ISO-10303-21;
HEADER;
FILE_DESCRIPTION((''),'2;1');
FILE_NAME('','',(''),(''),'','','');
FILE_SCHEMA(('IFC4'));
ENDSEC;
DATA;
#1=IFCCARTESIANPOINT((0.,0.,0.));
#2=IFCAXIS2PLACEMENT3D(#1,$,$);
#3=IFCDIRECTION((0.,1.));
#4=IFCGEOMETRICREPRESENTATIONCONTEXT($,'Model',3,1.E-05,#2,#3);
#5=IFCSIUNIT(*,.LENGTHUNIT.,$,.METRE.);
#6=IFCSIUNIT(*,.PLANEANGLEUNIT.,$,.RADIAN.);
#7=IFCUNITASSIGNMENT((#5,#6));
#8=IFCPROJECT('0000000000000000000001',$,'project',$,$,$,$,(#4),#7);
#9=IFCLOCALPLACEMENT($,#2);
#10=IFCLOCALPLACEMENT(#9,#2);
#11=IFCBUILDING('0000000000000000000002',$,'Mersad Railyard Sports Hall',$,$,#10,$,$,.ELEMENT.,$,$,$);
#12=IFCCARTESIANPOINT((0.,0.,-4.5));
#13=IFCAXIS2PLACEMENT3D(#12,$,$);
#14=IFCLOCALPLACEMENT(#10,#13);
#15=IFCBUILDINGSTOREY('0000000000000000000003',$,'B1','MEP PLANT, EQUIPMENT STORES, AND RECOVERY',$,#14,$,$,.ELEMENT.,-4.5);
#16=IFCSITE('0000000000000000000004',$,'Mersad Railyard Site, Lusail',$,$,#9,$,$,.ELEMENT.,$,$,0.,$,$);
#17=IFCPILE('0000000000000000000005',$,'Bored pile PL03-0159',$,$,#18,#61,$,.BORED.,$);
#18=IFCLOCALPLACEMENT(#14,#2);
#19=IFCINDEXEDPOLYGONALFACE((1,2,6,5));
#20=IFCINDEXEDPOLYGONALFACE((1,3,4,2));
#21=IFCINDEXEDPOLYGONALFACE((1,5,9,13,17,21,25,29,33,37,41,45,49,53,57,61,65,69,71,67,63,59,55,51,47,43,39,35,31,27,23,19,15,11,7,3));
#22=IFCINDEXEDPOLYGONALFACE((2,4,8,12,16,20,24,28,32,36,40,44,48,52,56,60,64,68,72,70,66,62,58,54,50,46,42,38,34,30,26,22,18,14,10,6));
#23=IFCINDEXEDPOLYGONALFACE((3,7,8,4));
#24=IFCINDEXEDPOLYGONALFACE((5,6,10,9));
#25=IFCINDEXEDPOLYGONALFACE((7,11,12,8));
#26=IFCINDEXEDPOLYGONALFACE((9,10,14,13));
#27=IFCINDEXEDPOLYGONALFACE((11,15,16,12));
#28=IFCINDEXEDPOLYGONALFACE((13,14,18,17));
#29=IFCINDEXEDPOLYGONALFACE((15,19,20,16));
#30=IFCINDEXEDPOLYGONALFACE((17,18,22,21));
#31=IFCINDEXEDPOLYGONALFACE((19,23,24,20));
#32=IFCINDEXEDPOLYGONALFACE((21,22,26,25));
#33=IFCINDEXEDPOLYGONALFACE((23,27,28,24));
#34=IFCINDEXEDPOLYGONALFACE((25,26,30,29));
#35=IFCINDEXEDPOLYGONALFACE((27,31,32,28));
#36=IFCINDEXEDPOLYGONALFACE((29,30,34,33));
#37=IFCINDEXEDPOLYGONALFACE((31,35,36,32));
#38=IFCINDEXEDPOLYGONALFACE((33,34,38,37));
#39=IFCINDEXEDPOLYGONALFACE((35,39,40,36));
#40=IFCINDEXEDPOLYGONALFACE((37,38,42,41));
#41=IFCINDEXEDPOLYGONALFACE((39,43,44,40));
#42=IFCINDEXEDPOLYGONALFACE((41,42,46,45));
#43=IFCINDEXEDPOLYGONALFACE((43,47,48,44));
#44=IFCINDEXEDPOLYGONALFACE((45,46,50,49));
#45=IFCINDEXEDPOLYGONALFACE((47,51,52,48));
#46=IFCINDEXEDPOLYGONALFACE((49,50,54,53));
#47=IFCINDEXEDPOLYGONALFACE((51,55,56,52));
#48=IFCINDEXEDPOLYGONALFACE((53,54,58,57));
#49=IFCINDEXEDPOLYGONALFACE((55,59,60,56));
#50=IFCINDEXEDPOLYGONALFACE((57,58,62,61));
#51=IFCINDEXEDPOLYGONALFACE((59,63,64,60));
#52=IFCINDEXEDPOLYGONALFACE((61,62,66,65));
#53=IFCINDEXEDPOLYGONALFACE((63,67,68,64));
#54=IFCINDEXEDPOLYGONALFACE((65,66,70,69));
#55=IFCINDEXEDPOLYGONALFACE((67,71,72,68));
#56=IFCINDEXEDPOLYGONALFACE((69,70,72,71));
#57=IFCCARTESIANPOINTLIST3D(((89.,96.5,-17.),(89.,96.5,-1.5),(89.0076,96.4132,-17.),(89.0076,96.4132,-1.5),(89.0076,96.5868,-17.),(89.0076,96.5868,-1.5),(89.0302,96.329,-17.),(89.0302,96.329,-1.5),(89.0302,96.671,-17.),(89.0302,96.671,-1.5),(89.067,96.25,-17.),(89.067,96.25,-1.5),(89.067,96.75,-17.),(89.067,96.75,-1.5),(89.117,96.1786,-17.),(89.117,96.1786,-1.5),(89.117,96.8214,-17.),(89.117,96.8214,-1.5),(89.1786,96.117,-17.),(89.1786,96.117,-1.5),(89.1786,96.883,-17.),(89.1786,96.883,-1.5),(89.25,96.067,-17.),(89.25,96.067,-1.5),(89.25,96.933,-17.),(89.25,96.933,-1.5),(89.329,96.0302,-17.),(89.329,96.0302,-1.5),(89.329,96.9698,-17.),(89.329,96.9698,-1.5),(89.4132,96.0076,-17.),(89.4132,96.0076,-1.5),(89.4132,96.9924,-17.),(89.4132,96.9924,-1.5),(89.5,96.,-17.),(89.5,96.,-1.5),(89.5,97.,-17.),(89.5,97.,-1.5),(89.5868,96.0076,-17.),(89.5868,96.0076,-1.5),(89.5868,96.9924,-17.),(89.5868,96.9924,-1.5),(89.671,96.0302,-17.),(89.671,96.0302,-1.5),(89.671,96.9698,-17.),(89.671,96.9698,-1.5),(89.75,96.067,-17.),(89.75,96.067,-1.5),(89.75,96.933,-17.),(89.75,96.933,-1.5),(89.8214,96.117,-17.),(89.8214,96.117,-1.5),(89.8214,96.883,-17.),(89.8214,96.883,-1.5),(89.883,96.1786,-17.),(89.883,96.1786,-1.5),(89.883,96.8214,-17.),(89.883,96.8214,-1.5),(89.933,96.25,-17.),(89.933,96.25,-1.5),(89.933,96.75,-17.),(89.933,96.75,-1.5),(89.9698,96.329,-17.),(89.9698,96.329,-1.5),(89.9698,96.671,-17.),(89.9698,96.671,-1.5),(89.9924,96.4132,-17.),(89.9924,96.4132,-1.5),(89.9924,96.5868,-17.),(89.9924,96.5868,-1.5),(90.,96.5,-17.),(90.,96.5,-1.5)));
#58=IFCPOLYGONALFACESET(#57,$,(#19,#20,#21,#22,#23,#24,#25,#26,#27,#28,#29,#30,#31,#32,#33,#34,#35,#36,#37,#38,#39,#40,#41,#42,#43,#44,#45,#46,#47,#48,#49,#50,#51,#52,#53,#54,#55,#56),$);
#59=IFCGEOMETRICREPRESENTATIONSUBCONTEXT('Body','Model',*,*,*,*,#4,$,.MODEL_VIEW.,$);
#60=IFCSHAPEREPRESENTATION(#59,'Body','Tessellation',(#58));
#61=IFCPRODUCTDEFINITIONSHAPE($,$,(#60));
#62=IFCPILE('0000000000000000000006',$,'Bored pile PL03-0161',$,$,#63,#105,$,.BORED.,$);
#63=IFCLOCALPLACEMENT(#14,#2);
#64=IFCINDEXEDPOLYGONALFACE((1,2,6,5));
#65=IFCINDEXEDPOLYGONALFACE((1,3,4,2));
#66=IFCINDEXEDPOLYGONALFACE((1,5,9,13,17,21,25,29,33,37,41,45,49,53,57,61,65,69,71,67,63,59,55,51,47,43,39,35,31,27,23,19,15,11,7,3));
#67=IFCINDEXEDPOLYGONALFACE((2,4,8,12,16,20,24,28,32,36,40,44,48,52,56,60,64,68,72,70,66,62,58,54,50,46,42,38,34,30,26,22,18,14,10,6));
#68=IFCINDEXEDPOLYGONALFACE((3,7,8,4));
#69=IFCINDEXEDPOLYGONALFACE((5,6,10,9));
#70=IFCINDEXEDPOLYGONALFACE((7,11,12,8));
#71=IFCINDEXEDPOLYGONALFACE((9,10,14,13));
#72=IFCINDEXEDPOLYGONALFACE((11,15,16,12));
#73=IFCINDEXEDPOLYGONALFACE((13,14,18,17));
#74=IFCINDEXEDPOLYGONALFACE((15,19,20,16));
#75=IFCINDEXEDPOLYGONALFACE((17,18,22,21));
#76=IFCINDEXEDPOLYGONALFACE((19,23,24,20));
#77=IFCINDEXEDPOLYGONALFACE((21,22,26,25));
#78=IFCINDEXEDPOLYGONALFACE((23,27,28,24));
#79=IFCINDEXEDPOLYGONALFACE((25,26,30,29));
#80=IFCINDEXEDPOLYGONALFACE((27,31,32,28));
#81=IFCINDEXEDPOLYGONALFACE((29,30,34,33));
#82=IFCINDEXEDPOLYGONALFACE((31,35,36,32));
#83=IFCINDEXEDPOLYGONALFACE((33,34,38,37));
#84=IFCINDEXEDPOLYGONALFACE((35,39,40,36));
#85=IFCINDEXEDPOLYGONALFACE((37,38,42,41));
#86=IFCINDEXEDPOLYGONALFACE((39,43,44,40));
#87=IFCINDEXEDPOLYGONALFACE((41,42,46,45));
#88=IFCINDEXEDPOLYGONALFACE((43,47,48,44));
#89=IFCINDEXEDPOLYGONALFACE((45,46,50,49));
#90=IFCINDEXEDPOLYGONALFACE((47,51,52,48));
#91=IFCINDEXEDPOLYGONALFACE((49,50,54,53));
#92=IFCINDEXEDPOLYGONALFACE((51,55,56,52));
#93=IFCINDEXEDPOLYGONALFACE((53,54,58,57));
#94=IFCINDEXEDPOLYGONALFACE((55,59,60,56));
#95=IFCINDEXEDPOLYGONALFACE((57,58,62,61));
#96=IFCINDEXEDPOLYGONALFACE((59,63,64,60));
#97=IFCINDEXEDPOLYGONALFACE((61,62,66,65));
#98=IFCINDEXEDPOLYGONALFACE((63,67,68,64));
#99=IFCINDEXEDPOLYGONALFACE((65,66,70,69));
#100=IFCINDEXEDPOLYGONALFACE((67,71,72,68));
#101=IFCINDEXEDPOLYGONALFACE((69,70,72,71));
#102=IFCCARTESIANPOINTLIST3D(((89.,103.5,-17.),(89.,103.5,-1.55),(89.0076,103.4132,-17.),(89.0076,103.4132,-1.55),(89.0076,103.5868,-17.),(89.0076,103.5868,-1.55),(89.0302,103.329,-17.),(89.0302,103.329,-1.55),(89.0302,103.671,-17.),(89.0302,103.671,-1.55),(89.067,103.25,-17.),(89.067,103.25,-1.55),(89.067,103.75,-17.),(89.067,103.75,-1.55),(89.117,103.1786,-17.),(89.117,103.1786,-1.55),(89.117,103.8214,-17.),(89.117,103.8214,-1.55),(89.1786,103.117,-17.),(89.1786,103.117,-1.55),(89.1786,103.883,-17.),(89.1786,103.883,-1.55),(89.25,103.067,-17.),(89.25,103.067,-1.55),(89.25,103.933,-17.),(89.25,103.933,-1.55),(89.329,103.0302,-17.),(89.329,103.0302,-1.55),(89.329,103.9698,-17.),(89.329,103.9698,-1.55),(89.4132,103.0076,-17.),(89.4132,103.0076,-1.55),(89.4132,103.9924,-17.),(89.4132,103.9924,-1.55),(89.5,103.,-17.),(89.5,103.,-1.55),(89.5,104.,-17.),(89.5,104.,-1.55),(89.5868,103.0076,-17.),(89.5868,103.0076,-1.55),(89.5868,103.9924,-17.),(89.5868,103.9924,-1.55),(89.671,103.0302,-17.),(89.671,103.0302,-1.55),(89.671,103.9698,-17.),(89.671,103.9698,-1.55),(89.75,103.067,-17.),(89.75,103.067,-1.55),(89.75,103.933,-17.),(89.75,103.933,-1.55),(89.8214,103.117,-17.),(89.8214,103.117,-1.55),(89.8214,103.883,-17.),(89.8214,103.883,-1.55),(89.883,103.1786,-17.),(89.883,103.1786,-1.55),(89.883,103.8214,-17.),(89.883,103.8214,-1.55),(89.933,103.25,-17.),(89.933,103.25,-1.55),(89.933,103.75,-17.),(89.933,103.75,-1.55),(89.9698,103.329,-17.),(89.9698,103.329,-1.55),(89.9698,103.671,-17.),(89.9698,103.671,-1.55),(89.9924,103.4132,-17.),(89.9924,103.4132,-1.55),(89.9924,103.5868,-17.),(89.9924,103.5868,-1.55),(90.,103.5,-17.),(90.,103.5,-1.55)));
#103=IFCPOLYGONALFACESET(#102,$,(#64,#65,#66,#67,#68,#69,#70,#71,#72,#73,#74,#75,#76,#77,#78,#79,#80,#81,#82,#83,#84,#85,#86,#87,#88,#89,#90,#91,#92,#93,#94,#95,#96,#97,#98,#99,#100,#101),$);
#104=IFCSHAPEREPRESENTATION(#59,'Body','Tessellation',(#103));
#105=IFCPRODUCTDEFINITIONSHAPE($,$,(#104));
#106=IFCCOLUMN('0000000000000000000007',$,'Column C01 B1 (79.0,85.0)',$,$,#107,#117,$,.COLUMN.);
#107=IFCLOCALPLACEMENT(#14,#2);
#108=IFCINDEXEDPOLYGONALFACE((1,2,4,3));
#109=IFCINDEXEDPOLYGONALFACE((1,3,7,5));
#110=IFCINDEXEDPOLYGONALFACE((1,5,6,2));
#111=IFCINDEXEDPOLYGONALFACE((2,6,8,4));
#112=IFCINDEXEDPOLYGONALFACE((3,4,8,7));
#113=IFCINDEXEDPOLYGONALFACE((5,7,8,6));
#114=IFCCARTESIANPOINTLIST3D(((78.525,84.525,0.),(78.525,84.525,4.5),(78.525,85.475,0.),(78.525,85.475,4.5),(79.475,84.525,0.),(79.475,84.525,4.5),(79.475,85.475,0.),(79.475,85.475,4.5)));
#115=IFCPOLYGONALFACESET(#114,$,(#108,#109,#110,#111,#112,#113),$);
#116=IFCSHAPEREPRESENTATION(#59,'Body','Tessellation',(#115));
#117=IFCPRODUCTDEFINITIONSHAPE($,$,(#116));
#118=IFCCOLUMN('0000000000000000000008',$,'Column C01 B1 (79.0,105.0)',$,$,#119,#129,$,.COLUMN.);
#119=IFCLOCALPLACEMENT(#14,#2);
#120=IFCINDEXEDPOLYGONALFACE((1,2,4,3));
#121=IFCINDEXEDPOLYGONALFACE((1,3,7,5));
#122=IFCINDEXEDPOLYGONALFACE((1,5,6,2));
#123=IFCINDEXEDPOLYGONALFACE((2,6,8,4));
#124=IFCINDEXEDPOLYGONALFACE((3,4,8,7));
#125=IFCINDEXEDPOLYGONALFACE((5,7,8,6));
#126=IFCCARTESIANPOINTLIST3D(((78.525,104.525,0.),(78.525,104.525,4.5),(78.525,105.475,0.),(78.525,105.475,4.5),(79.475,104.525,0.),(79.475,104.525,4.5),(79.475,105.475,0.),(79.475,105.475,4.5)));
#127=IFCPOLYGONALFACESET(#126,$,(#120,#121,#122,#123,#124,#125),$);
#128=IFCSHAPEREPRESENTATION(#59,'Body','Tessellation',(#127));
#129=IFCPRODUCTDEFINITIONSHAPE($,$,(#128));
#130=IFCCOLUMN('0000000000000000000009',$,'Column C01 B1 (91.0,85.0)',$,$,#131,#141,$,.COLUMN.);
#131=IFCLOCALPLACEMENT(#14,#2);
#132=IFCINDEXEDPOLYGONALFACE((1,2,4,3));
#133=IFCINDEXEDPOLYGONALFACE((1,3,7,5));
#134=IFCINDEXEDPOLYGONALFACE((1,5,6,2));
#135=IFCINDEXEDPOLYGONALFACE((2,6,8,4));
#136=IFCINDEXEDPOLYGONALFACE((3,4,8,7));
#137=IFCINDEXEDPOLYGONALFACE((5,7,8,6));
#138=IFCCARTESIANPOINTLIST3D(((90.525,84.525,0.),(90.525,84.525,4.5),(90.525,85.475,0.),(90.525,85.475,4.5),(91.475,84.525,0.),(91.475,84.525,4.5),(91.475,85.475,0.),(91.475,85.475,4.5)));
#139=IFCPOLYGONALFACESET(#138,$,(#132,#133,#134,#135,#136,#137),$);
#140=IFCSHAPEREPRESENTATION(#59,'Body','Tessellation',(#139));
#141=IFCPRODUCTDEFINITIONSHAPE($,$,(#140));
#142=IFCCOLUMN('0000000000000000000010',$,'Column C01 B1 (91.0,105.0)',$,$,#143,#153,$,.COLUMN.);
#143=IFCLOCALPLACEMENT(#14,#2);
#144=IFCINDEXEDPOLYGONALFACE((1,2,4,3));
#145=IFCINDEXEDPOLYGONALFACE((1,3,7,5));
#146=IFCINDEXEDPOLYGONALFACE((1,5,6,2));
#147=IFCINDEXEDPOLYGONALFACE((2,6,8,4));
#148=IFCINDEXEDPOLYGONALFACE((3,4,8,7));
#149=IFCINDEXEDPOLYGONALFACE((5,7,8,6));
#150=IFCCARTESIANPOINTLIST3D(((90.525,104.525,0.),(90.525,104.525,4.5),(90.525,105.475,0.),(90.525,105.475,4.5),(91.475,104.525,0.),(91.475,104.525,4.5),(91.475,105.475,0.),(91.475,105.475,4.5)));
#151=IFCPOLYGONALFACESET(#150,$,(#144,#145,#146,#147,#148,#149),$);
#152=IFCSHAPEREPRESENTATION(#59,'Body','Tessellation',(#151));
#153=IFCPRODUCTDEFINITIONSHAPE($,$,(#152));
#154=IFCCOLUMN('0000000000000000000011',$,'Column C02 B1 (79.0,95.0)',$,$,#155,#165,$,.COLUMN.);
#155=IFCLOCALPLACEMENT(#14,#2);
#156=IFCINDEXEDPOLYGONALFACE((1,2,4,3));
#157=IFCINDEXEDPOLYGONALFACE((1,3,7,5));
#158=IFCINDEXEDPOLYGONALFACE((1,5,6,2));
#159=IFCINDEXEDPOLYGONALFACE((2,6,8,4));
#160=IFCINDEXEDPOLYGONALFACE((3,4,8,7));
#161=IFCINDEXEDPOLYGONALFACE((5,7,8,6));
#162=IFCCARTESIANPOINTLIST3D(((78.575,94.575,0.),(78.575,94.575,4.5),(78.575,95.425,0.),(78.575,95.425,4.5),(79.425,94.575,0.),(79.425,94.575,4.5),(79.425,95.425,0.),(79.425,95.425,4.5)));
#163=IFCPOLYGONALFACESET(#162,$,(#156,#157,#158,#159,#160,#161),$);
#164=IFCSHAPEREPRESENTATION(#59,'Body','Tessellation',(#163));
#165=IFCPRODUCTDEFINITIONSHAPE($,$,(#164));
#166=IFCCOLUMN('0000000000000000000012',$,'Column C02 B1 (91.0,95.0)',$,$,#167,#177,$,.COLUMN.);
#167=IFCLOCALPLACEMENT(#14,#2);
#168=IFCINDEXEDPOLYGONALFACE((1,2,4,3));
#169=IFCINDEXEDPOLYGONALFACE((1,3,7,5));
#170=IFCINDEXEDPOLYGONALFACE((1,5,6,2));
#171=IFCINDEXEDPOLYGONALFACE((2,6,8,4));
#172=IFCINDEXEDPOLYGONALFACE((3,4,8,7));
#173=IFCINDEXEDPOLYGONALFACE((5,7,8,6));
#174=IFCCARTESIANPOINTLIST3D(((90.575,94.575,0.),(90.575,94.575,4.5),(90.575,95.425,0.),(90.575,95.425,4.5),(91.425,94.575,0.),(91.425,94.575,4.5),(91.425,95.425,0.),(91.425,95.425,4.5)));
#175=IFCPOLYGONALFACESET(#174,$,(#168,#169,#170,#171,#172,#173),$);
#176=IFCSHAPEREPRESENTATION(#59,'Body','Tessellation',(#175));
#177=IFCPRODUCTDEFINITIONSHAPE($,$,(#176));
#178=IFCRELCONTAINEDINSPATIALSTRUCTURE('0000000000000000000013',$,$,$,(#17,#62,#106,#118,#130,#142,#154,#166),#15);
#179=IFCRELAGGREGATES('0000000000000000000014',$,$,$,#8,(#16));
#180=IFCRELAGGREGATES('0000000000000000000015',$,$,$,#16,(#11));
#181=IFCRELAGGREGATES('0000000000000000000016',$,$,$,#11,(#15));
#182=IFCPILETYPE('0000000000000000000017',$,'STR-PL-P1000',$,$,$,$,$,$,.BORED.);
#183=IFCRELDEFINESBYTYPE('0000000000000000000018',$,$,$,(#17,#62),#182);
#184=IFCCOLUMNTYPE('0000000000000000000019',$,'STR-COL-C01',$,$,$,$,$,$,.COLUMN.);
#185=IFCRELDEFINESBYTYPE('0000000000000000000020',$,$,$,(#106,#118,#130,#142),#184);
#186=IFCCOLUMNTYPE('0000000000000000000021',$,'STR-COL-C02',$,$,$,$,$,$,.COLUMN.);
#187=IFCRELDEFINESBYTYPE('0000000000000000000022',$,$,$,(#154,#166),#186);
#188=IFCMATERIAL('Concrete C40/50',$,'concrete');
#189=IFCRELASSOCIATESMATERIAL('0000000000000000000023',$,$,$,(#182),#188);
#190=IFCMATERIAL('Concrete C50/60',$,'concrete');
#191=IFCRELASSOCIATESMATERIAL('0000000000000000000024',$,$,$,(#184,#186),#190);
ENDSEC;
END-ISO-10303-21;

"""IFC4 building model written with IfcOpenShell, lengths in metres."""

from ifc_helpers import new_model, si_unit, direction, frame, origin, origin_2d, place, context, subcontext, project, spatial, rectangle, circle, extrude, material, material_profile, profile_set, type_object, element, save


model = new_model("IFC4")

# Units and contexts
model_context = context("Model", 3, precision=1e-05, world=origin(), true_north=direction((0.0, 1.0)))
body_context = subcontext(model_context, "Body", "Model", "MODEL_VIEW")
ifc_project = project(units=[si_unit("LENGTHUNIT", "METRE"), si_unit("PLANEANGLEUNIT", "RADIAN")], contexts=[model_context])

# Site, building, storey
site_placement = place(None, origin())
site = spatial("IfcSite", under=ifc_project, at=site_placement, Name="Mersad Railyard Site, Lusail", CompositionType="ELEMENT", RefElevation=0.0)
building_placement = place(site_placement, origin())
building = spatial("IfcBuilding", under=site, at=building_placement, Name="Mersad Railyard Sports Hall", CompositionType="ELEMENT")
storey_placement = place(building_placement, frame((0.0, 0.0, -4.5)))
storey = spatial("IfcBuildingStorey", under=building, at=storey_placement, Name="B1", Description="MEP PLANT, EQUIPMENT STORES, AND RECOVERY", CompositionType="ELEMENT", Elevation=-4.5)

# Shared definitions
ifc_material_1 = material(Name="Concrete C40/50", Category="concrete")

# Piles
ifc_material_profile_1 = material_profile(ifc_material_1, circle(Radius=0.5, at=origin_2d()), Name="BORED PILE D1000")
ifc_profile_set_1 = profile_set([ifc_material_profile_1], Name="Concrete C40/50")
pile_type = type_object("IfcPileType", Name="STR-PL-P1000", PredefinedType="BORED", material=ifc_profile_set_1)
for number, where, z_axis, x_axis, name in (
    (1, (89.5, 96.5, -1.5), (0.0, 0.0, -1.0), (1.0, 0.0, 0.0), "Bored pile PL03-0159"),
):
    element("IfcPile", number, at=place(storey_placement, frame(where, z_axis=z_axis, x_axis=x_axis)), inside=storey, type_object=pile_type, Name=name, PredefinedType="BORED", context=body_context, shape_type="SweptSolid", body=[
        extrude(circle(Radius=0.5, at=origin_2d()), origin(), (0.0, 0.0, 1.0), 15.5),
    ])
pile_1_placement = place(storey_placement, frame((89.5, 103.5, -1.55), z_axis=(0.0, 0.0, -1.0), x_axis=(1.0, 0.0, 0.0)))
element("IfcPile", 2, at=pile_1_placement, inside=storey, type_object=pile_type, Name="Bored pile PL03-0161", PredefinedType="BORED", context=body_context, shape_type="SweptSolid", body=[
    extrude(circle(Radius=0.5, at=origin_2d()), origin(), (0.0, 0.0, 1.0), 15.45),
])

# Columns
ifc_material_2 = material(Name="Concrete C50/60", Category="concrete")
ifc_material_profile_2 = material_profile(ifc_material_2, rectangle(XDim=0.95, YDim=0.95, at=origin_2d()), Name="RC 950x950")
ifc_profile_set_2 = profile_set([ifc_material_profile_2], Name="Concrete C50/60")
column_type_1 = type_object("IfcColumnType", Name="STR-COL-C01", PredefinedType="COLUMN", material=ifc_profile_set_2)
for number, where, z_axis, x_axis, name in (
    (3, (79.0, 85.0, 0.0), (0.0, 0.0, 1.0), (1.0, 0.0, 0.0), "Column C01 B1 (79.0,85.0)"),
    (4, (79.0, 105.0, 0.0), (0.0, 0.0, 1.0), (1.0, 0.0, 0.0), "Column C01 B1 (79.0,105.0)"),
    (5, (91.0, 85.0, 0.0), (0.0, 0.0, 1.0), (1.0, 0.0, 0.0), "Column C01 B1 (91.0,85.0)"),
    (6, (91.0, 105.0, 0.0), (0.0, 0.0, 1.0), (1.0, 0.0, 0.0), "Column C01 B1 (91.0,105.0)"),
):
    element("IfcColumn", number, at=place(storey_placement, frame(where, z_axis=z_axis, x_axis=x_axis)), inside=storey, type_object=column_type_1, Name=name, PredefinedType="COLUMN", context=body_context, shape_type="SweptSolid", body=[
        extrude(rectangle(XDim=0.95, YDim=0.95, at=origin_2d()), origin(), (0.0, 0.0, 1.0), 4.5),
    ])
ifc_material_profile_3 = material_profile(ifc_material_2, rectangle(XDim=0.8501, YDim=0.8501, at=origin_2d()), Name="RC 850x850")
ifc_profile_set_3 = profile_set([ifc_material_profile_3], Name="Concrete C50/60")
column_type_2 = type_object("IfcColumnType", Name="STR-COL-C02", PredefinedType="COLUMN", material=ifc_profile_set_3)
for number, where, z_axis, x_axis, name in (
    (7, (79.0, 95.0, 0.0), (0.0, 0.0, 1.0), (1.0, 0.0, 0.0), "Column C02 B1 (79.0,95.0)"),
    (8, (91.0, 95.0, 0.0), (0.0, 0.0, 1.0), (1.0, 0.0, 0.0), "Column C02 B1 (91.0,95.0)"),
):
    element("IfcColumn", number, at=place(storey_placement, frame(where, z_axis=z_axis, x_axis=x_axis)), inside=storey, type_object=column_type_2, Name=name, PredefinedType="COLUMN", context=body_context, shape_type="SweptSolid", body=[
        extrude(rectangle(XDim=0.8501, YDim=0.8501, at=origin_2d()), origin(), (0.0, 0.0, 1.0), 4.5),
    ])

save(model, "model.ifc")
